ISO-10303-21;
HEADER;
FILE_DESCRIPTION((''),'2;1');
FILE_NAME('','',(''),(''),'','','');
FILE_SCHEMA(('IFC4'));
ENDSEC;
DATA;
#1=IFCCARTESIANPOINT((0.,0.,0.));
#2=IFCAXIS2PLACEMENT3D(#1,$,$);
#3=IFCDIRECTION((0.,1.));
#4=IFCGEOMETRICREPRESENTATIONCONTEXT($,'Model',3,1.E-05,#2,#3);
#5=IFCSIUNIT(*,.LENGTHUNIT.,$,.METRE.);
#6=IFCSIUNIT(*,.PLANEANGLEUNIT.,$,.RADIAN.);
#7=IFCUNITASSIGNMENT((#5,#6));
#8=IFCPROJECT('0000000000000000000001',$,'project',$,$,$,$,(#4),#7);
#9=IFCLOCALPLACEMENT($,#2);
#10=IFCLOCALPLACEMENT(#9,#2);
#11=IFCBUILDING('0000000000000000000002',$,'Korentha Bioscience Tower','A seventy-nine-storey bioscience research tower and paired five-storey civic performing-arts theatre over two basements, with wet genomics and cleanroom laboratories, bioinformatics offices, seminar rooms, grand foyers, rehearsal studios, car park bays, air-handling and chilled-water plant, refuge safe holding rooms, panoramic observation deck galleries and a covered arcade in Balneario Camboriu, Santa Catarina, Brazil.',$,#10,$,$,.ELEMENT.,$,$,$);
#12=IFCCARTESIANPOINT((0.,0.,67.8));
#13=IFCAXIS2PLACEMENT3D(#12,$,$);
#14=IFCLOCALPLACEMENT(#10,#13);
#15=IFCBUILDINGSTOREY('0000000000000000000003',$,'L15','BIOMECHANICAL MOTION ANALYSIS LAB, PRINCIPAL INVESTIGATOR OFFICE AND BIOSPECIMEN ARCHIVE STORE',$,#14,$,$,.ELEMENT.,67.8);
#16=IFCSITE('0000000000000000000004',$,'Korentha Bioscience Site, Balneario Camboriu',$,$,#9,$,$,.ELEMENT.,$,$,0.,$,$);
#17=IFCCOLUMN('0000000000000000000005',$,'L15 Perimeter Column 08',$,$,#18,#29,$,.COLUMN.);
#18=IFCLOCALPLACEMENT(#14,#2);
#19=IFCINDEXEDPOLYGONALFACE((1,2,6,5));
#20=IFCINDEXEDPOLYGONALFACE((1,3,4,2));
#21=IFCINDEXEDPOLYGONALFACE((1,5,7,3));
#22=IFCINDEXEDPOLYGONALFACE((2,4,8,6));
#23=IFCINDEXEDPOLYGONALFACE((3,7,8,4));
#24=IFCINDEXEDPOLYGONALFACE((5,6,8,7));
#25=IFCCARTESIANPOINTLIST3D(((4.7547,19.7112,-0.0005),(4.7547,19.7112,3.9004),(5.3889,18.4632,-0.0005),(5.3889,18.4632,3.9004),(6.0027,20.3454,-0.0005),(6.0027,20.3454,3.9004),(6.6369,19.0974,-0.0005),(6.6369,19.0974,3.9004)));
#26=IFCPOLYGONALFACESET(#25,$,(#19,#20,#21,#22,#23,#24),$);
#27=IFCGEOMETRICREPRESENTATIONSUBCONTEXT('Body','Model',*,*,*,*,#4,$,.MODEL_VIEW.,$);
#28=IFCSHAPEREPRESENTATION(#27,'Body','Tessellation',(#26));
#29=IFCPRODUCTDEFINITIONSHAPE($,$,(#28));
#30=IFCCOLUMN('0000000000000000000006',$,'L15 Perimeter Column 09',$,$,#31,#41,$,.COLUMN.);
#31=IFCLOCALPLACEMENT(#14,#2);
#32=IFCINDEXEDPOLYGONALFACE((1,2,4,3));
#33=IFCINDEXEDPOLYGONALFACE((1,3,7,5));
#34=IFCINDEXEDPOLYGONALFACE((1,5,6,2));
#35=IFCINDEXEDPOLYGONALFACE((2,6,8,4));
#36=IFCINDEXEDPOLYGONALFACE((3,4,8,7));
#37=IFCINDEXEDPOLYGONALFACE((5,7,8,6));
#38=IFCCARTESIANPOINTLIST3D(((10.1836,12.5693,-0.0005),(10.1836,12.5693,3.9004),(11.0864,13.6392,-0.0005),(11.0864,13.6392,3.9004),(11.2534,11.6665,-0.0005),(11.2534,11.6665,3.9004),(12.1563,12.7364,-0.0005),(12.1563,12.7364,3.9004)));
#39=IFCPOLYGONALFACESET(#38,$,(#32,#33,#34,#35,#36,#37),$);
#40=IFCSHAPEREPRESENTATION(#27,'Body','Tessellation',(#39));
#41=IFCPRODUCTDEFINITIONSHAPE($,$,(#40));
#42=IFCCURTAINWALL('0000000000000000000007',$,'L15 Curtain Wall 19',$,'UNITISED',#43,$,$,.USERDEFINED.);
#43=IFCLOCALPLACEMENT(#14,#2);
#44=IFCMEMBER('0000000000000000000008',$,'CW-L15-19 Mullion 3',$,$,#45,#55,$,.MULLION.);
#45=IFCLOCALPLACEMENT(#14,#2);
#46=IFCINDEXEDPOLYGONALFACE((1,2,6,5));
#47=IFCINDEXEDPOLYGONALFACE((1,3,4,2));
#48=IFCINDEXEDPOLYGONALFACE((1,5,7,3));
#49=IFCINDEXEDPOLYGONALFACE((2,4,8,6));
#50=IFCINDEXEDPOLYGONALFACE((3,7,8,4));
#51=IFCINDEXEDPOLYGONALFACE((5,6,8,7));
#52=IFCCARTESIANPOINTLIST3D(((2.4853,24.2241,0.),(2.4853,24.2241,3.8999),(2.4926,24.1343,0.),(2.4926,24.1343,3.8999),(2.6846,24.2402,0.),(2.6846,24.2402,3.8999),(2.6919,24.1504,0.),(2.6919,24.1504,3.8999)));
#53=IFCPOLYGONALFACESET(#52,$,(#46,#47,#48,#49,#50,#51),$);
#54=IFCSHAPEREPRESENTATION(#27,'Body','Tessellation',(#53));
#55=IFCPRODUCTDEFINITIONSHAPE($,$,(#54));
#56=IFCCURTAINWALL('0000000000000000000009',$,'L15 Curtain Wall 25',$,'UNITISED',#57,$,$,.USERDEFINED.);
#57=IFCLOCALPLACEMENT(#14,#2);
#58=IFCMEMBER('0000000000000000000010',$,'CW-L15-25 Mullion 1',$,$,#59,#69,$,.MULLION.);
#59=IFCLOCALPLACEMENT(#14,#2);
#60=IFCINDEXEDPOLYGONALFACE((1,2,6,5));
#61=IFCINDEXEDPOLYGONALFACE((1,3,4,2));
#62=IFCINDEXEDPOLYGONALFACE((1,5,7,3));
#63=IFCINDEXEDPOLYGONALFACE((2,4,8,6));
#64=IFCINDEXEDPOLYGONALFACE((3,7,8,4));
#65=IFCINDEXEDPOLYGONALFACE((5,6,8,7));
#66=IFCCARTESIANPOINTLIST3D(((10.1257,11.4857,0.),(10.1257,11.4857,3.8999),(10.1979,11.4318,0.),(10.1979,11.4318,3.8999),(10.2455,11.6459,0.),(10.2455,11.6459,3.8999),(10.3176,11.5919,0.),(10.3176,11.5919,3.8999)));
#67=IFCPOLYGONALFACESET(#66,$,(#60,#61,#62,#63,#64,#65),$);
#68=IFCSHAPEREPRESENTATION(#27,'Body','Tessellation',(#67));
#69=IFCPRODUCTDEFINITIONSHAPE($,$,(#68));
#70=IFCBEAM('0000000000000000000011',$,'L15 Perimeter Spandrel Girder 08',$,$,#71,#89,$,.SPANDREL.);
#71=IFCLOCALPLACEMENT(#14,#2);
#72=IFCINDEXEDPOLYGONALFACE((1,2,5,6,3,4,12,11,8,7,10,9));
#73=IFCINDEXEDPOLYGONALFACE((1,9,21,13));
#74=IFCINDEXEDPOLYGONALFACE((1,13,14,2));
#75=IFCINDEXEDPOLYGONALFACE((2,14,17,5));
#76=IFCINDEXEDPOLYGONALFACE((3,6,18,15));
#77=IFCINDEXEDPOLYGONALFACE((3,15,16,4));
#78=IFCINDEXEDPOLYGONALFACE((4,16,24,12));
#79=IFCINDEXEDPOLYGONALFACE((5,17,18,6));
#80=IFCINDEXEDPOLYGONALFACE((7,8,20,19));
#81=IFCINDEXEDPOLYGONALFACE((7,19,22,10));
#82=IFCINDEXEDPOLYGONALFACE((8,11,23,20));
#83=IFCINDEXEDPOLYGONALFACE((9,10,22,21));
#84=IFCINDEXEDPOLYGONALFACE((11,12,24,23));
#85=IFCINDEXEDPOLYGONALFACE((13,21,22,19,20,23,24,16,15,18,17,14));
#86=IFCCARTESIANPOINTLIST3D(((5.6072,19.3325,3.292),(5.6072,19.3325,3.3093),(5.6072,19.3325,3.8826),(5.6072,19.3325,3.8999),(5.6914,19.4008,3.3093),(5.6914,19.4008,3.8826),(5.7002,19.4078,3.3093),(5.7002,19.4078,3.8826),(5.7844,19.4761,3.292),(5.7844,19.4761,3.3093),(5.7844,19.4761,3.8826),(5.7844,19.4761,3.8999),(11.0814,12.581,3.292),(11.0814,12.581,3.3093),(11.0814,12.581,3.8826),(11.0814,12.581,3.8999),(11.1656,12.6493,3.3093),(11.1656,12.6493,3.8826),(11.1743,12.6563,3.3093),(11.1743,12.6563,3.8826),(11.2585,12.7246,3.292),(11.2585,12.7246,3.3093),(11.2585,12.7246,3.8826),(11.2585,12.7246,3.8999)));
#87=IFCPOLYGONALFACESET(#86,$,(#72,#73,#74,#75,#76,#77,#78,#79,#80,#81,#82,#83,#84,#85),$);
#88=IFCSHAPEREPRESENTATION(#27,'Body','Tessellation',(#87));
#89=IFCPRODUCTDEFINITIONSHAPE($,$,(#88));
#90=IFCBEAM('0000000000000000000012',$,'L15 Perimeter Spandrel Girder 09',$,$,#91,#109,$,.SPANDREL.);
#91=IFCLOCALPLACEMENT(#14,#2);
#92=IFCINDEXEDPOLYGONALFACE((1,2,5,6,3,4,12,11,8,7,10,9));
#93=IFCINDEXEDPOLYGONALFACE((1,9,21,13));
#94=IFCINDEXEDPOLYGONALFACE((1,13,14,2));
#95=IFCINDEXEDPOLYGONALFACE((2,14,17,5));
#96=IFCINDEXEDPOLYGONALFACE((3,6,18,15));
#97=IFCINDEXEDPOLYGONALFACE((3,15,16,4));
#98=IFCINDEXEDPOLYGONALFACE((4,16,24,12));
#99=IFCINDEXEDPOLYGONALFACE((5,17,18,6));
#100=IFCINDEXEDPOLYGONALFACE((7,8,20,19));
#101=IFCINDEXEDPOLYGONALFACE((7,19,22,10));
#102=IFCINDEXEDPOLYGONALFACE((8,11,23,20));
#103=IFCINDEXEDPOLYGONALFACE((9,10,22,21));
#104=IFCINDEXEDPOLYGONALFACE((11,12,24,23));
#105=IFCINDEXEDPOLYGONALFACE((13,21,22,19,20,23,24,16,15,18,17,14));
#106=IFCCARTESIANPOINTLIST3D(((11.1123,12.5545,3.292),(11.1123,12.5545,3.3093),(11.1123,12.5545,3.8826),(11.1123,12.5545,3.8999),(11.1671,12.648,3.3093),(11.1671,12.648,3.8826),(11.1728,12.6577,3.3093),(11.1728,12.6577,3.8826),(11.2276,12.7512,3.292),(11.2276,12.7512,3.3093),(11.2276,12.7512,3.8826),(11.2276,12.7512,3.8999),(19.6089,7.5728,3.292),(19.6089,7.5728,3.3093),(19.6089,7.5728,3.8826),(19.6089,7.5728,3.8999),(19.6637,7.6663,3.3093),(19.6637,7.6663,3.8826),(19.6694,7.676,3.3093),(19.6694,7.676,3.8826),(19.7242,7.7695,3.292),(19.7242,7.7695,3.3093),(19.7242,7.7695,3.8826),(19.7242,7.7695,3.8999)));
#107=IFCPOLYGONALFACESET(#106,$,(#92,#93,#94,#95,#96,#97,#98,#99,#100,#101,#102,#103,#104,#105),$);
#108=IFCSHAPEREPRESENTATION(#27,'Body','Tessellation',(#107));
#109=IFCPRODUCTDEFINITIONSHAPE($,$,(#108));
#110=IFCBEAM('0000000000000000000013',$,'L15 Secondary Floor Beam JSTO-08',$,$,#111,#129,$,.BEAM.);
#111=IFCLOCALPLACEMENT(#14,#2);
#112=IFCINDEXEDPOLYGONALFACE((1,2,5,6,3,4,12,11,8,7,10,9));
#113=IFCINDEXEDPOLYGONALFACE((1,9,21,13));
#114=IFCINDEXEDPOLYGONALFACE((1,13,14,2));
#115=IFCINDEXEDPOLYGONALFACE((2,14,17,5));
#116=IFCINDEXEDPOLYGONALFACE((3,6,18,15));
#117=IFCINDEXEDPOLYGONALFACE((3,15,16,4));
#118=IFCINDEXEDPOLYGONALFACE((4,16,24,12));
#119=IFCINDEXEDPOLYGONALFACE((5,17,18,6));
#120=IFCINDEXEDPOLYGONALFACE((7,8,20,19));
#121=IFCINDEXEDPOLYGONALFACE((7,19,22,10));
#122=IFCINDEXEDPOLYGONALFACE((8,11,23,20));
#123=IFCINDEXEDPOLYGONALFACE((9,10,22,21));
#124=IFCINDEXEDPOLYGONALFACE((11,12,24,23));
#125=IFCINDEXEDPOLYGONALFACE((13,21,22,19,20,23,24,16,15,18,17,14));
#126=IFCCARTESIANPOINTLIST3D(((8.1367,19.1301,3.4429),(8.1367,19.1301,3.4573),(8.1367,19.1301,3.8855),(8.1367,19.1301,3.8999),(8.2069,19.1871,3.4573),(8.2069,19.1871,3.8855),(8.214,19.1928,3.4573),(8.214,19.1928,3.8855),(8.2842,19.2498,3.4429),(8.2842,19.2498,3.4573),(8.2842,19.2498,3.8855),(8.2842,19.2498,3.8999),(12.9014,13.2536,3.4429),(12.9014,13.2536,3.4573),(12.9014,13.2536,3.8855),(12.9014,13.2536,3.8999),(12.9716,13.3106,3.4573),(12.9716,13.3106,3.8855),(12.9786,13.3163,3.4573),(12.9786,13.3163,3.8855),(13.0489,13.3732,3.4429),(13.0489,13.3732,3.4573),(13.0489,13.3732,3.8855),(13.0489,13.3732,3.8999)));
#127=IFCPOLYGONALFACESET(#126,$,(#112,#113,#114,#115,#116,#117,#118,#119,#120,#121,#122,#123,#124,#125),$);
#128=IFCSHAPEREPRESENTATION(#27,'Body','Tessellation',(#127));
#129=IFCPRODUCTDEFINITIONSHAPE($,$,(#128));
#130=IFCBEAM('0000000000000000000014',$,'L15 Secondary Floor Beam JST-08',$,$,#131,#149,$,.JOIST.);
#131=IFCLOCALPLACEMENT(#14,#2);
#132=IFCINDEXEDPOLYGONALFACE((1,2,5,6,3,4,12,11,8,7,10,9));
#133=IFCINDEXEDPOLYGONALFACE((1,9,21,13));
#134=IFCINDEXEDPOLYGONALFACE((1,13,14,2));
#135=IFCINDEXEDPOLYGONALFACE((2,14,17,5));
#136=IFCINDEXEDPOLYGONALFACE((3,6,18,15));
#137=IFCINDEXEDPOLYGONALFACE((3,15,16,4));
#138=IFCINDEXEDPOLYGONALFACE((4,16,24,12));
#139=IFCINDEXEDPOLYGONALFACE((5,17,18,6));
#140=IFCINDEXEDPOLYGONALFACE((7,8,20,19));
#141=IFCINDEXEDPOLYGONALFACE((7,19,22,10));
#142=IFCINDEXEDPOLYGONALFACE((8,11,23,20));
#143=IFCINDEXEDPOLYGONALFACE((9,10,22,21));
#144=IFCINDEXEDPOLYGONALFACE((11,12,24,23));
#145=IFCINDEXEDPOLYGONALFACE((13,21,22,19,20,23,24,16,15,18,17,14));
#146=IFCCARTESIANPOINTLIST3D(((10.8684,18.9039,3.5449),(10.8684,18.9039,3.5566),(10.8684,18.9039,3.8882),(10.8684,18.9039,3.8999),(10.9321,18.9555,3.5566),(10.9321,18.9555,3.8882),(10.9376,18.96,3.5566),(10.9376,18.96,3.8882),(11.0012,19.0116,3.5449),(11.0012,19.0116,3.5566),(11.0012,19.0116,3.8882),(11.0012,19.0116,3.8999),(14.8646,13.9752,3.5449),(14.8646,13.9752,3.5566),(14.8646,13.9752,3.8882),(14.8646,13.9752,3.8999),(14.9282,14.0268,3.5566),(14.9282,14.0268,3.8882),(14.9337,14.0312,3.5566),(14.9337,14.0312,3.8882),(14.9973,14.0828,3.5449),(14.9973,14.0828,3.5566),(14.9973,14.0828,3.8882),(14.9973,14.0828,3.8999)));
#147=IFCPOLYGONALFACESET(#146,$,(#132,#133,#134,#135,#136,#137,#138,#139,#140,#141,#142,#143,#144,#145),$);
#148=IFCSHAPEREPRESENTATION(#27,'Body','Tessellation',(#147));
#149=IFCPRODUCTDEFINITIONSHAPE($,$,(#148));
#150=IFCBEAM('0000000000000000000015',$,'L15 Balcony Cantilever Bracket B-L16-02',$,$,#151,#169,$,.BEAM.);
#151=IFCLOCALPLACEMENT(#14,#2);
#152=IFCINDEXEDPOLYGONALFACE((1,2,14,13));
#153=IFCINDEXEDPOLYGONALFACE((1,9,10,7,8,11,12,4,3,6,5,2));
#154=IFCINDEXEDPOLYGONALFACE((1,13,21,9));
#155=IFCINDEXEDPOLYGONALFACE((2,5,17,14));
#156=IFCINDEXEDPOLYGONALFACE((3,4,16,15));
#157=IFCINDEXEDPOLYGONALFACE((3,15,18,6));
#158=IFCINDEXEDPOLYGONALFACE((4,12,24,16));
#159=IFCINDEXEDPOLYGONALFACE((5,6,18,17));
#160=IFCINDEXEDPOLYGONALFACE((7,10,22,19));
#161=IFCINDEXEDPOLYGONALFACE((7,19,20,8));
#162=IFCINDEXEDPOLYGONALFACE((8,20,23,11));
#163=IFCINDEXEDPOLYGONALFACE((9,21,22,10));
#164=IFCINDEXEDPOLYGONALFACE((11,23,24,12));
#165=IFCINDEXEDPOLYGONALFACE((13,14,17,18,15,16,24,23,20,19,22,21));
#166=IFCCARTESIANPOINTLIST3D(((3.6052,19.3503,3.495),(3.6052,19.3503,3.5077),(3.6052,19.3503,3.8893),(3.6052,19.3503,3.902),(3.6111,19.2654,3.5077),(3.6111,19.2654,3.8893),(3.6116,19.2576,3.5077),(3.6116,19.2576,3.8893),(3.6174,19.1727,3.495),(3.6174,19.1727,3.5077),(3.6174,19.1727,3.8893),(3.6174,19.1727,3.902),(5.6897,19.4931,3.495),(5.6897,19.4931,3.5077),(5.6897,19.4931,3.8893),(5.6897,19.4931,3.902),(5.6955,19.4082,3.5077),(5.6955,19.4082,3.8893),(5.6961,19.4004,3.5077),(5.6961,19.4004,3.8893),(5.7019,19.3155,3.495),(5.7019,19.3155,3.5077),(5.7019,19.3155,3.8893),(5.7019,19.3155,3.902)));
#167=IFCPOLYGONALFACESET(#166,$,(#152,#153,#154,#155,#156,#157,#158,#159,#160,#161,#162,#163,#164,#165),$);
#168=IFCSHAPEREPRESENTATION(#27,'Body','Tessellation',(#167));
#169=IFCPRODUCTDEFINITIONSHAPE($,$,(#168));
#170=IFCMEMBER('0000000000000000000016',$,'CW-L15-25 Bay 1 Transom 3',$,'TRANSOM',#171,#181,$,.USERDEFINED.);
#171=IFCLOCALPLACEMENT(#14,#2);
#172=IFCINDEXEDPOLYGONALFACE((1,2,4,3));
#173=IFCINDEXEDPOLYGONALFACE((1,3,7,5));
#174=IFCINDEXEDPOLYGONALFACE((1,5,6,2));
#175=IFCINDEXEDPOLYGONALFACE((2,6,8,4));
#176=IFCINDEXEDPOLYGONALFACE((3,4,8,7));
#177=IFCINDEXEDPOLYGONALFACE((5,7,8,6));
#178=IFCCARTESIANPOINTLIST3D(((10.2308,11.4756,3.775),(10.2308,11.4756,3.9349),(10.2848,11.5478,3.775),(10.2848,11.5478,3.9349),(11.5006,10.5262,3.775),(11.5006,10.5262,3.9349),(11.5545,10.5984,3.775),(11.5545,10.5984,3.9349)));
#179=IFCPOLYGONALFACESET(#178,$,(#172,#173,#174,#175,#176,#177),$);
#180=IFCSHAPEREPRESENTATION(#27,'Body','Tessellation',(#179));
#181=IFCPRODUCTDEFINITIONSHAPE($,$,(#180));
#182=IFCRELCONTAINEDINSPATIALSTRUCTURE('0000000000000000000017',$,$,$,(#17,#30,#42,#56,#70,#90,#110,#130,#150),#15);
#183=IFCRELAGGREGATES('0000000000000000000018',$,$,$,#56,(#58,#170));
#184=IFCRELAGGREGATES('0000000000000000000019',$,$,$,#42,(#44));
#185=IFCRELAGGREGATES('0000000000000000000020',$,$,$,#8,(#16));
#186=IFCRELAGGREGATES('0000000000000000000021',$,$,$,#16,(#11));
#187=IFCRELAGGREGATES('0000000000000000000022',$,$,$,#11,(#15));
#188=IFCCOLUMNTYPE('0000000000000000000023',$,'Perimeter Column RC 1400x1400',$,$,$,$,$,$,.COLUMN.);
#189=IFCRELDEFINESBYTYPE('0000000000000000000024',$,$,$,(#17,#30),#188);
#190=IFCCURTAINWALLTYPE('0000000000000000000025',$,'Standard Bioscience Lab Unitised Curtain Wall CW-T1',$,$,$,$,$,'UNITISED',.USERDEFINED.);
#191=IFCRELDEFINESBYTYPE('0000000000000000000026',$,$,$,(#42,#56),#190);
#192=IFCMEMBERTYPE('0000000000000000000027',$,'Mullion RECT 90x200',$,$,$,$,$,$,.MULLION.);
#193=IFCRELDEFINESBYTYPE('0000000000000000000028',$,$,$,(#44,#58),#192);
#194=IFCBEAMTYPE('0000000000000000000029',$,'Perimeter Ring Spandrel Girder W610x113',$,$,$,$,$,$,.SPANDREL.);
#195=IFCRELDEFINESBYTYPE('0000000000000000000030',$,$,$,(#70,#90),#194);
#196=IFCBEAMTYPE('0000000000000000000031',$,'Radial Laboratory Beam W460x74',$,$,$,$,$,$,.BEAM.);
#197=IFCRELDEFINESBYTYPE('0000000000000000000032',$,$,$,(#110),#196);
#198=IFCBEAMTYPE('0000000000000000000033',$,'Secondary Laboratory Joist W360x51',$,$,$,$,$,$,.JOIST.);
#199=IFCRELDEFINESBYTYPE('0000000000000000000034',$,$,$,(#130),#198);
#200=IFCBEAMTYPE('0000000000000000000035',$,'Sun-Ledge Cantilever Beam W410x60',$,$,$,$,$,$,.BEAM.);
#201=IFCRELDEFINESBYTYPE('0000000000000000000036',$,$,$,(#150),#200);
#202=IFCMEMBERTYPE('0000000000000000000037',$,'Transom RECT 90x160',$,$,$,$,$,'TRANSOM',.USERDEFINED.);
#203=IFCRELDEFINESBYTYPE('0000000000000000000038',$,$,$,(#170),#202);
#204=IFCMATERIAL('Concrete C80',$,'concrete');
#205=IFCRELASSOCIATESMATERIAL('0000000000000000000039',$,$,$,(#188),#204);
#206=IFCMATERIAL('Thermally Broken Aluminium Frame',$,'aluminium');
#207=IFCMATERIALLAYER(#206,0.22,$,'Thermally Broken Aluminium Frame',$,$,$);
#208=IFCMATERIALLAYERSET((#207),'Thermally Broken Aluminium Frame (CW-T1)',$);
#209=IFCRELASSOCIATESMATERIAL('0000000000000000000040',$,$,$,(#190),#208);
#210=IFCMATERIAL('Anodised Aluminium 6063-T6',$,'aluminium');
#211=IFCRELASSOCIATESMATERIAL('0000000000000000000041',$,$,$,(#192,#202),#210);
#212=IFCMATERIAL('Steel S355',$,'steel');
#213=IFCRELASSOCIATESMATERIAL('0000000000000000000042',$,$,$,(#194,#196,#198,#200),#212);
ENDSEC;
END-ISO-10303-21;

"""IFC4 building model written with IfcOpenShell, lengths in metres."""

from ifc_helpers import new_model, si_unit, direction, frame, origin, origin_2d, place, context, subcontext, project, spatial, rectangle, i_section, extrude, material, layer, layer_set, material_profile, profile_set, type_object, element, aggregate, save


model = new_model("IFC4")

# Units and contexts
model_context = context("Model", 3, precision=1e-05, world=origin(), true_north=direction((0.0, 1.0)))
body_context = subcontext(model_context, "Body", "Model", "MODEL_VIEW")
ifc_project = project(units=[si_unit("LENGTHUNIT", "METRE"), si_unit("PLANEANGLEUNIT", "RADIAN")], contexts=[model_context])

# Site, building, storey
site_placement = place(None, origin())
site = spatial("IfcSite", under=ifc_project, at=site_placement, Name="Korentha Bioscience Site, Balneario Camboriu", CompositionType="ELEMENT", RefElevation=0.0)
building_placement = place(site_placement, origin())
building = spatial("IfcBuilding", under=site, at=building_placement, Name="Korentha Bioscience Tower", Description="A seventy-nine-storey bioscience research tower and paired five-storey civic performing-arts theatre over two basements, with wet genomics and cleanroom laboratories, bioinformatics offices, seminar rooms, grand foyers, rehearsal studios, car park bays, air-handling and chilled-water plant, refuge safe holding rooms, panoramic observation deck galleries and a covered arcade in Balneario Camboriu, Santa Catarina, Brazil.", CompositionType="ELEMENT")
storey_placement = place(building_placement, frame((0.0, 0.0, 67.8)))
storey = spatial("IfcBuildingStorey", under=building, at=storey_placement, Name="L15", Description="BIOMECHANICAL MOTION ANALYSIS LAB, PRINCIPAL INVESTIGATOR OFFICE AND BIOSPECIMEN ARCHIVE STORE", CompositionType="ELEMENT", Elevation=67.8)

# Columns
ifc_material_1 = material(Name="Concrete C80", Category="concrete")
ifc_material_profile_1 = material_profile(ifc_material_1, rectangle(XDim=1.3999, YDim=1.3999, at=origin_2d()), Name="Concrete C80")
ifc_profile_set_1 = profile_set([ifc_material_profile_1], Name="Concrete C80 (COL-P14)")
column_type = type_object("IfcColumnType", Name="Perimeter Column RC 1400x1400", PredefinedType="COLUMN", material=ifc_profile_set_1)
for number, where, z_axis, x_axis, name in (
    (1, (5.6958, 19.4043, -0.0005), (0.0, 0.0, 1.0), (-0.453057, 0.891481, 0.0), "L15 Perimeter Column 08"),
    (2, (11.1699, 12.6528, -0.0005), (0.0, 0.0, 1.0), (-0.764246, 0.644924, 0.0), "L15 Perimeter Column 09"),
):
    element("IfcColumn", number, at=place(storey_placement, frame(where, z_axis=z_axis, x_axis=x_axis)), inside=storey, type_object=column_type, Name=name, PredefinedType="COLUMN", context=body_context, shape_type="SweptSolid", body=[
        extrude(rectangle(XDim=1.3999, YDim=1.3999, at=origin_2d()), origin(), (0.0, 0.0, 1.0), 3.9009),
    ])

# Curtain walls, members
ifc_material_2 = material(Name="Thermally Broken Aluminium Frame", Category="aluminium")
ifc_layer_1 = layer(ifc_material_2, 0.22, Name="Thermally Broken Aluminium Frame")
ifc_layer_set_1 = layer_set([ifc_layer_1], Name="Thermally Broken Aluminium Frame (CW-T1)")
curtain_wall_type = type_object("IfcCurtainWallType", Name="Standard Bioscience Lab Unitised Curtain Wall CW-T1", ElementType="UNITISED", PredefinedType="USERDEFINED", material=ifc_layer_set_1)
curtain_wall_1_placement = place(storey_placement, origin())
curtain_wall_1 = element("IfcCurtainWall", 3, at=curtain_wall_1_placement, inside=storey, type_object=curtain_wall_type, Name="L15 Curtain Wall 19", ObjectType="UNITISED", PredefinedType="USERDEFINED")
ifc_material_3 = material(Name="Anodised Aluminium 6063-T6", Category="aluminium")
ifc_material_profile_2 = material_profile(ifc_material_3, rectangle(XDim=0.0901, YDim=0.2, at=origin_2d()), Name="Anodised Aluminium 6063-T6")
ifc_profile_set_2 = profile_set([ifc_material_profile_2], Name="Anodised Aluminium 6063-T6 (CW-MUL)")
member_type_1 = type_object("IfcMemberType", Name="Mullion RECT 90x200", PredefinedType="MULLION", material=ifc_profile_set_2)
member_1_placement = place(storey_placement, frame((2.5886, 24.1873, 0.0), z_axis=(0.0, 0.0, 1.0), x_axis=(0.08082, -0.996729, 0.0)))
member_1 = element("IfcMember", 4, at=member_1_placement, type_object=member_type_1, Name="CW-L15-19 Mullion 3", PredefinedType="MULLION", context=body_context, shape_type="SweptSolid", body=[
    extrude(rectangle(XDim=0.0901, YDim=0.2, at=origin_2d()), origin(), (0.0, 0.0, 1.0), 3.8999),
])
curtain_wall_2_placement = place(storey_placement, origin())
curtain_wall_2 = element("IfcCurtainWall", 5, at=curtain_wall_2_placement, inside=storey, type_object=curtain_wall_type, Name="L15 Curtain Wall 25", ObjectType="UNITISED", PredefinedType="USERDEFINED")
member_2_placement = place(storey_placement, frame((10.2217, 11.5388, 0.0), z_axis=(0.0, 0.0, 1.0), x_axis=(0.800798, -0.598935, 0.0)))
member_2 = element("IfcMember", 6, at=member_2_placement, type_object=member_type_1, Name="CW-L15-25 Mullion 1", PredefinedType="MULLION", context=body_context, shape_type="SweptSolid", body=[
    extrude(rectangle(XDim=0.0901, YDim=0.2, at=origin_2d()), origin(), (0.0, 0.0, 1.0), 3.8999),
])

# Beams
ifc_material_4 = material(Name="Steel S355", Category="steel")
ifc_material_profile_3 = material_profile(ifc_material_4, i_section(OverallWidth=0.228, OverallDepth=0.6079, WebThickness=0.0112, FlangeThickness=0.0173, at=origin_2d()), Name="Steel S355")
ifc_profile_set_3 = profile_set([ifc_material_profile_3], Name="Steel S355 (SB-610)")
beam_type_1 = type_object("IfcBeamType", Name="Perimeter Ring Spandrel Girder W610x113", PredefinedType="SPANDREL", material=ifc_profile_set_3)
beam_1_placement = place(storey_placement, frame((5.6958, 19.4043, 3.5959), z_axis=(0.629799, -0.776758, 0.0), x_axis=(0.776758, 0.629799, 0.0)))
element("IfcBeam", 7, at=beam_1_placement, inside=storey, type_object=beam_type_1, Name="L15 Perimeter Spandrel Girder 08", PredefinedType="SPANDREL", context=body_context, shape_type="SweptSolid", body=[
    extrude(i_section(OverallWidth=0.228, OverallDepth=0.6079, WebThickness=0.0112, FlangeThickness=0.0173, at=origin_2d()), origin(), (0.0, 0.0, 1.0), 8.6919),
])
beam_2_placement = place(storey_placement, frame((11.1699, 12.6528, 3.5959), z_axis=(0.862657, -0.50579, 0.0), x_axis=(0.50579, 0.862657, 0.0)))
element("IfcBeam", 8, at=beam_2_placement, inside=storey, type_object=beam_type_1, Name="L15 Perimeter Spandrel Girder 09", PredefinedType="SPANDREL", context=body_context, shape_type="SweptSolid", body=[
    extrude(i_section(OverallWidth=0.228, OverallDepth=0.6079, WebThickness=0.0112, FlangeThickness=0.0173, at=origin_2d()), origin(), (0.0, 0.0, 1.0), 9.8494),
])
ifc_material_profile_4 = material_profile(ifc_material_4, i_section(OverallWidth=0.1899, OverallDepth=0.457, WebThickness=0.009, FlangeThickness=0.0144, at=origin_2d()), Name="Steel S355")
ifc_profile_set_4 = profile_set([ifc_material_profile_4], Name="Steel S355 (RB-460)")
beam_type_2 = type_object("IfcBeamType", Name="Radial Laboratory Beam W460x74", PredefinedType="BEAM", material=ifc_profile_set_4)
beam_3_placement = place(storey_placement, frame((8.2104, 19.1899, 3.6714), z_axis=(0.629798, -0.776759, 0.0), x_axis=(0.776759, 0.629798, 0.0)))
element("IfcBeam", 9, at=beam_3_placement, inside=storey, type_object=beam_type_2, Name="L15 Secondary Floor Beam JSTO-08", PredefinedType="BEAM", context=body_context, shape_type="SweptSolid", body=[
    extrude(i_section(OverallWidth=0.1899, OverallDepth=0.457, WebThickness=0.009, FlangeThickness=0.0144, at=origin_2d()), origin(), (0.0, 0.0, 1.0), 7.5654),
])
ifc_material_profile_5 = material_profile(ifc_material_4, i_section(OverallWidth=0.1709, OverallDepth=0.355, WebThickness=0.0071, FlangeThickness=0.0117, at=origin_2d()), Name="Steel S355")
ifc_profile_set_5 = profile_set([ifc_material_profile_5], Name="Steel S355 (JB-360)")
beam_type_3 = type_object("IfcBeamType", Name="Secondary Laboratory Joist W360x51", PredefinedType="JOIST", material=ifc_profile_set_5)
beam_4_placement = place(storey_placement, frame((10.9348, 18.9578, 3.7224), z_axis=(0.629787, -0.776768, 0.0), x_axis=(0.776768, 0.629787, 0.0)))
element("IfcBeam", 10, at=beam_4_placement, inside=storey, type_object=beam_type_3, Name="L15 Secondary Floor Beam JST-08", PredefinedType="JOIST", context=body_context, shape_type="SweptSolid", body=[
    extrude(i_section(OverallWidth=0.1709, OverallDepth=0.355, WebThickness=0.0071, FlangeThickness=0.0117, at=origin_2d()), origin(), (0.0, 0.0, 1.0), 6.3452),
])
ifc_material_profile_6 = material_profile(ifc_material_4, i_section(OverallWidth=0.178, OverallDepth=0.407, WebThickness=0.0078, FlangeThickness=0.0127, at=origin_2d()), Name="Steel S355")
ifc_profile_set_6 = profile_set([ifc_material_profile_6], Name="Steel S355 (CB-410)")
beam_type_4 = type_object("IfcBeamType", Name="Sun-Ledge Cantilever Beam W410x60", PredefinedType="BEAM", material=ifc_profile_set_6)
beam_5_placement = place(storey_placement, frame((5.6958, 19.4043, 3.6985), z_axis=(-0.997661, -0.068357, 0.0), x_axis=(0.068357, -0.997661, 0.0)))
element("IfcBeam", 11, at=beam_5_placement, inside=storey, type_object=beam_type_4, Name="L15 Balcony Cantilever Bracket B-L16-02", PredefinedType="BEAM", context=body_context, shape_type="SweptSolid", body=[
    extrude(i_section(OverallWidth=0.178, OverallDepth=0.407, WebThickness=0.0078, FlangeThickness=0.0127, at=origin_2d()), origin(), (0.0, 0.0, 1.0), 2.0894),
])

# Member
ifc_material_profile_7 = material_profile(ifc_material_3, rectangle(XDim=0.0901, YDim=0.1599, at=origin_2d()), Name="Anodised Aluminium 6063-T6")
ifc_profile_set_7 = profile_set([ifc_material_profile_7], Name="Anodised Aluminium 6063-T6 (CW-TRN)")
member_type_2 = type_object("IfcMemberType", Name="Transom RECT 90x160", ElementType="TRANSOM", PredefinedType="USERDEFINED", material=ifc_profile_set_7)
member_3_placement = place(storey_placement, frame((10.2578, 11.5117, 3.855), z_axis=(0.800868, -0.598841, 0.0), x_axis=(0.598841, 0.800868, 0.0)))
member_3 = element("IfcMember", 12, at=member_3_placement, type_object=member_type_2, Name="CW-L15-25 Bay 1 Transom 3", ObjectType="TRANSOM", PredefinedType="USERDEFINED", context=body_context, shape_type="SweptSolid", body=[
    extrude(rectangle(XDim=0.0901, YDim=0.1599, at=origin_2d()), origin(), (0.0, 0.0, 1.0), 1.5854),
])
aggregate(curtain_wall_2, [member_2, member_3])

aggregate(curtain_wall_1, [member_1])

save(model, "model.ifc")
